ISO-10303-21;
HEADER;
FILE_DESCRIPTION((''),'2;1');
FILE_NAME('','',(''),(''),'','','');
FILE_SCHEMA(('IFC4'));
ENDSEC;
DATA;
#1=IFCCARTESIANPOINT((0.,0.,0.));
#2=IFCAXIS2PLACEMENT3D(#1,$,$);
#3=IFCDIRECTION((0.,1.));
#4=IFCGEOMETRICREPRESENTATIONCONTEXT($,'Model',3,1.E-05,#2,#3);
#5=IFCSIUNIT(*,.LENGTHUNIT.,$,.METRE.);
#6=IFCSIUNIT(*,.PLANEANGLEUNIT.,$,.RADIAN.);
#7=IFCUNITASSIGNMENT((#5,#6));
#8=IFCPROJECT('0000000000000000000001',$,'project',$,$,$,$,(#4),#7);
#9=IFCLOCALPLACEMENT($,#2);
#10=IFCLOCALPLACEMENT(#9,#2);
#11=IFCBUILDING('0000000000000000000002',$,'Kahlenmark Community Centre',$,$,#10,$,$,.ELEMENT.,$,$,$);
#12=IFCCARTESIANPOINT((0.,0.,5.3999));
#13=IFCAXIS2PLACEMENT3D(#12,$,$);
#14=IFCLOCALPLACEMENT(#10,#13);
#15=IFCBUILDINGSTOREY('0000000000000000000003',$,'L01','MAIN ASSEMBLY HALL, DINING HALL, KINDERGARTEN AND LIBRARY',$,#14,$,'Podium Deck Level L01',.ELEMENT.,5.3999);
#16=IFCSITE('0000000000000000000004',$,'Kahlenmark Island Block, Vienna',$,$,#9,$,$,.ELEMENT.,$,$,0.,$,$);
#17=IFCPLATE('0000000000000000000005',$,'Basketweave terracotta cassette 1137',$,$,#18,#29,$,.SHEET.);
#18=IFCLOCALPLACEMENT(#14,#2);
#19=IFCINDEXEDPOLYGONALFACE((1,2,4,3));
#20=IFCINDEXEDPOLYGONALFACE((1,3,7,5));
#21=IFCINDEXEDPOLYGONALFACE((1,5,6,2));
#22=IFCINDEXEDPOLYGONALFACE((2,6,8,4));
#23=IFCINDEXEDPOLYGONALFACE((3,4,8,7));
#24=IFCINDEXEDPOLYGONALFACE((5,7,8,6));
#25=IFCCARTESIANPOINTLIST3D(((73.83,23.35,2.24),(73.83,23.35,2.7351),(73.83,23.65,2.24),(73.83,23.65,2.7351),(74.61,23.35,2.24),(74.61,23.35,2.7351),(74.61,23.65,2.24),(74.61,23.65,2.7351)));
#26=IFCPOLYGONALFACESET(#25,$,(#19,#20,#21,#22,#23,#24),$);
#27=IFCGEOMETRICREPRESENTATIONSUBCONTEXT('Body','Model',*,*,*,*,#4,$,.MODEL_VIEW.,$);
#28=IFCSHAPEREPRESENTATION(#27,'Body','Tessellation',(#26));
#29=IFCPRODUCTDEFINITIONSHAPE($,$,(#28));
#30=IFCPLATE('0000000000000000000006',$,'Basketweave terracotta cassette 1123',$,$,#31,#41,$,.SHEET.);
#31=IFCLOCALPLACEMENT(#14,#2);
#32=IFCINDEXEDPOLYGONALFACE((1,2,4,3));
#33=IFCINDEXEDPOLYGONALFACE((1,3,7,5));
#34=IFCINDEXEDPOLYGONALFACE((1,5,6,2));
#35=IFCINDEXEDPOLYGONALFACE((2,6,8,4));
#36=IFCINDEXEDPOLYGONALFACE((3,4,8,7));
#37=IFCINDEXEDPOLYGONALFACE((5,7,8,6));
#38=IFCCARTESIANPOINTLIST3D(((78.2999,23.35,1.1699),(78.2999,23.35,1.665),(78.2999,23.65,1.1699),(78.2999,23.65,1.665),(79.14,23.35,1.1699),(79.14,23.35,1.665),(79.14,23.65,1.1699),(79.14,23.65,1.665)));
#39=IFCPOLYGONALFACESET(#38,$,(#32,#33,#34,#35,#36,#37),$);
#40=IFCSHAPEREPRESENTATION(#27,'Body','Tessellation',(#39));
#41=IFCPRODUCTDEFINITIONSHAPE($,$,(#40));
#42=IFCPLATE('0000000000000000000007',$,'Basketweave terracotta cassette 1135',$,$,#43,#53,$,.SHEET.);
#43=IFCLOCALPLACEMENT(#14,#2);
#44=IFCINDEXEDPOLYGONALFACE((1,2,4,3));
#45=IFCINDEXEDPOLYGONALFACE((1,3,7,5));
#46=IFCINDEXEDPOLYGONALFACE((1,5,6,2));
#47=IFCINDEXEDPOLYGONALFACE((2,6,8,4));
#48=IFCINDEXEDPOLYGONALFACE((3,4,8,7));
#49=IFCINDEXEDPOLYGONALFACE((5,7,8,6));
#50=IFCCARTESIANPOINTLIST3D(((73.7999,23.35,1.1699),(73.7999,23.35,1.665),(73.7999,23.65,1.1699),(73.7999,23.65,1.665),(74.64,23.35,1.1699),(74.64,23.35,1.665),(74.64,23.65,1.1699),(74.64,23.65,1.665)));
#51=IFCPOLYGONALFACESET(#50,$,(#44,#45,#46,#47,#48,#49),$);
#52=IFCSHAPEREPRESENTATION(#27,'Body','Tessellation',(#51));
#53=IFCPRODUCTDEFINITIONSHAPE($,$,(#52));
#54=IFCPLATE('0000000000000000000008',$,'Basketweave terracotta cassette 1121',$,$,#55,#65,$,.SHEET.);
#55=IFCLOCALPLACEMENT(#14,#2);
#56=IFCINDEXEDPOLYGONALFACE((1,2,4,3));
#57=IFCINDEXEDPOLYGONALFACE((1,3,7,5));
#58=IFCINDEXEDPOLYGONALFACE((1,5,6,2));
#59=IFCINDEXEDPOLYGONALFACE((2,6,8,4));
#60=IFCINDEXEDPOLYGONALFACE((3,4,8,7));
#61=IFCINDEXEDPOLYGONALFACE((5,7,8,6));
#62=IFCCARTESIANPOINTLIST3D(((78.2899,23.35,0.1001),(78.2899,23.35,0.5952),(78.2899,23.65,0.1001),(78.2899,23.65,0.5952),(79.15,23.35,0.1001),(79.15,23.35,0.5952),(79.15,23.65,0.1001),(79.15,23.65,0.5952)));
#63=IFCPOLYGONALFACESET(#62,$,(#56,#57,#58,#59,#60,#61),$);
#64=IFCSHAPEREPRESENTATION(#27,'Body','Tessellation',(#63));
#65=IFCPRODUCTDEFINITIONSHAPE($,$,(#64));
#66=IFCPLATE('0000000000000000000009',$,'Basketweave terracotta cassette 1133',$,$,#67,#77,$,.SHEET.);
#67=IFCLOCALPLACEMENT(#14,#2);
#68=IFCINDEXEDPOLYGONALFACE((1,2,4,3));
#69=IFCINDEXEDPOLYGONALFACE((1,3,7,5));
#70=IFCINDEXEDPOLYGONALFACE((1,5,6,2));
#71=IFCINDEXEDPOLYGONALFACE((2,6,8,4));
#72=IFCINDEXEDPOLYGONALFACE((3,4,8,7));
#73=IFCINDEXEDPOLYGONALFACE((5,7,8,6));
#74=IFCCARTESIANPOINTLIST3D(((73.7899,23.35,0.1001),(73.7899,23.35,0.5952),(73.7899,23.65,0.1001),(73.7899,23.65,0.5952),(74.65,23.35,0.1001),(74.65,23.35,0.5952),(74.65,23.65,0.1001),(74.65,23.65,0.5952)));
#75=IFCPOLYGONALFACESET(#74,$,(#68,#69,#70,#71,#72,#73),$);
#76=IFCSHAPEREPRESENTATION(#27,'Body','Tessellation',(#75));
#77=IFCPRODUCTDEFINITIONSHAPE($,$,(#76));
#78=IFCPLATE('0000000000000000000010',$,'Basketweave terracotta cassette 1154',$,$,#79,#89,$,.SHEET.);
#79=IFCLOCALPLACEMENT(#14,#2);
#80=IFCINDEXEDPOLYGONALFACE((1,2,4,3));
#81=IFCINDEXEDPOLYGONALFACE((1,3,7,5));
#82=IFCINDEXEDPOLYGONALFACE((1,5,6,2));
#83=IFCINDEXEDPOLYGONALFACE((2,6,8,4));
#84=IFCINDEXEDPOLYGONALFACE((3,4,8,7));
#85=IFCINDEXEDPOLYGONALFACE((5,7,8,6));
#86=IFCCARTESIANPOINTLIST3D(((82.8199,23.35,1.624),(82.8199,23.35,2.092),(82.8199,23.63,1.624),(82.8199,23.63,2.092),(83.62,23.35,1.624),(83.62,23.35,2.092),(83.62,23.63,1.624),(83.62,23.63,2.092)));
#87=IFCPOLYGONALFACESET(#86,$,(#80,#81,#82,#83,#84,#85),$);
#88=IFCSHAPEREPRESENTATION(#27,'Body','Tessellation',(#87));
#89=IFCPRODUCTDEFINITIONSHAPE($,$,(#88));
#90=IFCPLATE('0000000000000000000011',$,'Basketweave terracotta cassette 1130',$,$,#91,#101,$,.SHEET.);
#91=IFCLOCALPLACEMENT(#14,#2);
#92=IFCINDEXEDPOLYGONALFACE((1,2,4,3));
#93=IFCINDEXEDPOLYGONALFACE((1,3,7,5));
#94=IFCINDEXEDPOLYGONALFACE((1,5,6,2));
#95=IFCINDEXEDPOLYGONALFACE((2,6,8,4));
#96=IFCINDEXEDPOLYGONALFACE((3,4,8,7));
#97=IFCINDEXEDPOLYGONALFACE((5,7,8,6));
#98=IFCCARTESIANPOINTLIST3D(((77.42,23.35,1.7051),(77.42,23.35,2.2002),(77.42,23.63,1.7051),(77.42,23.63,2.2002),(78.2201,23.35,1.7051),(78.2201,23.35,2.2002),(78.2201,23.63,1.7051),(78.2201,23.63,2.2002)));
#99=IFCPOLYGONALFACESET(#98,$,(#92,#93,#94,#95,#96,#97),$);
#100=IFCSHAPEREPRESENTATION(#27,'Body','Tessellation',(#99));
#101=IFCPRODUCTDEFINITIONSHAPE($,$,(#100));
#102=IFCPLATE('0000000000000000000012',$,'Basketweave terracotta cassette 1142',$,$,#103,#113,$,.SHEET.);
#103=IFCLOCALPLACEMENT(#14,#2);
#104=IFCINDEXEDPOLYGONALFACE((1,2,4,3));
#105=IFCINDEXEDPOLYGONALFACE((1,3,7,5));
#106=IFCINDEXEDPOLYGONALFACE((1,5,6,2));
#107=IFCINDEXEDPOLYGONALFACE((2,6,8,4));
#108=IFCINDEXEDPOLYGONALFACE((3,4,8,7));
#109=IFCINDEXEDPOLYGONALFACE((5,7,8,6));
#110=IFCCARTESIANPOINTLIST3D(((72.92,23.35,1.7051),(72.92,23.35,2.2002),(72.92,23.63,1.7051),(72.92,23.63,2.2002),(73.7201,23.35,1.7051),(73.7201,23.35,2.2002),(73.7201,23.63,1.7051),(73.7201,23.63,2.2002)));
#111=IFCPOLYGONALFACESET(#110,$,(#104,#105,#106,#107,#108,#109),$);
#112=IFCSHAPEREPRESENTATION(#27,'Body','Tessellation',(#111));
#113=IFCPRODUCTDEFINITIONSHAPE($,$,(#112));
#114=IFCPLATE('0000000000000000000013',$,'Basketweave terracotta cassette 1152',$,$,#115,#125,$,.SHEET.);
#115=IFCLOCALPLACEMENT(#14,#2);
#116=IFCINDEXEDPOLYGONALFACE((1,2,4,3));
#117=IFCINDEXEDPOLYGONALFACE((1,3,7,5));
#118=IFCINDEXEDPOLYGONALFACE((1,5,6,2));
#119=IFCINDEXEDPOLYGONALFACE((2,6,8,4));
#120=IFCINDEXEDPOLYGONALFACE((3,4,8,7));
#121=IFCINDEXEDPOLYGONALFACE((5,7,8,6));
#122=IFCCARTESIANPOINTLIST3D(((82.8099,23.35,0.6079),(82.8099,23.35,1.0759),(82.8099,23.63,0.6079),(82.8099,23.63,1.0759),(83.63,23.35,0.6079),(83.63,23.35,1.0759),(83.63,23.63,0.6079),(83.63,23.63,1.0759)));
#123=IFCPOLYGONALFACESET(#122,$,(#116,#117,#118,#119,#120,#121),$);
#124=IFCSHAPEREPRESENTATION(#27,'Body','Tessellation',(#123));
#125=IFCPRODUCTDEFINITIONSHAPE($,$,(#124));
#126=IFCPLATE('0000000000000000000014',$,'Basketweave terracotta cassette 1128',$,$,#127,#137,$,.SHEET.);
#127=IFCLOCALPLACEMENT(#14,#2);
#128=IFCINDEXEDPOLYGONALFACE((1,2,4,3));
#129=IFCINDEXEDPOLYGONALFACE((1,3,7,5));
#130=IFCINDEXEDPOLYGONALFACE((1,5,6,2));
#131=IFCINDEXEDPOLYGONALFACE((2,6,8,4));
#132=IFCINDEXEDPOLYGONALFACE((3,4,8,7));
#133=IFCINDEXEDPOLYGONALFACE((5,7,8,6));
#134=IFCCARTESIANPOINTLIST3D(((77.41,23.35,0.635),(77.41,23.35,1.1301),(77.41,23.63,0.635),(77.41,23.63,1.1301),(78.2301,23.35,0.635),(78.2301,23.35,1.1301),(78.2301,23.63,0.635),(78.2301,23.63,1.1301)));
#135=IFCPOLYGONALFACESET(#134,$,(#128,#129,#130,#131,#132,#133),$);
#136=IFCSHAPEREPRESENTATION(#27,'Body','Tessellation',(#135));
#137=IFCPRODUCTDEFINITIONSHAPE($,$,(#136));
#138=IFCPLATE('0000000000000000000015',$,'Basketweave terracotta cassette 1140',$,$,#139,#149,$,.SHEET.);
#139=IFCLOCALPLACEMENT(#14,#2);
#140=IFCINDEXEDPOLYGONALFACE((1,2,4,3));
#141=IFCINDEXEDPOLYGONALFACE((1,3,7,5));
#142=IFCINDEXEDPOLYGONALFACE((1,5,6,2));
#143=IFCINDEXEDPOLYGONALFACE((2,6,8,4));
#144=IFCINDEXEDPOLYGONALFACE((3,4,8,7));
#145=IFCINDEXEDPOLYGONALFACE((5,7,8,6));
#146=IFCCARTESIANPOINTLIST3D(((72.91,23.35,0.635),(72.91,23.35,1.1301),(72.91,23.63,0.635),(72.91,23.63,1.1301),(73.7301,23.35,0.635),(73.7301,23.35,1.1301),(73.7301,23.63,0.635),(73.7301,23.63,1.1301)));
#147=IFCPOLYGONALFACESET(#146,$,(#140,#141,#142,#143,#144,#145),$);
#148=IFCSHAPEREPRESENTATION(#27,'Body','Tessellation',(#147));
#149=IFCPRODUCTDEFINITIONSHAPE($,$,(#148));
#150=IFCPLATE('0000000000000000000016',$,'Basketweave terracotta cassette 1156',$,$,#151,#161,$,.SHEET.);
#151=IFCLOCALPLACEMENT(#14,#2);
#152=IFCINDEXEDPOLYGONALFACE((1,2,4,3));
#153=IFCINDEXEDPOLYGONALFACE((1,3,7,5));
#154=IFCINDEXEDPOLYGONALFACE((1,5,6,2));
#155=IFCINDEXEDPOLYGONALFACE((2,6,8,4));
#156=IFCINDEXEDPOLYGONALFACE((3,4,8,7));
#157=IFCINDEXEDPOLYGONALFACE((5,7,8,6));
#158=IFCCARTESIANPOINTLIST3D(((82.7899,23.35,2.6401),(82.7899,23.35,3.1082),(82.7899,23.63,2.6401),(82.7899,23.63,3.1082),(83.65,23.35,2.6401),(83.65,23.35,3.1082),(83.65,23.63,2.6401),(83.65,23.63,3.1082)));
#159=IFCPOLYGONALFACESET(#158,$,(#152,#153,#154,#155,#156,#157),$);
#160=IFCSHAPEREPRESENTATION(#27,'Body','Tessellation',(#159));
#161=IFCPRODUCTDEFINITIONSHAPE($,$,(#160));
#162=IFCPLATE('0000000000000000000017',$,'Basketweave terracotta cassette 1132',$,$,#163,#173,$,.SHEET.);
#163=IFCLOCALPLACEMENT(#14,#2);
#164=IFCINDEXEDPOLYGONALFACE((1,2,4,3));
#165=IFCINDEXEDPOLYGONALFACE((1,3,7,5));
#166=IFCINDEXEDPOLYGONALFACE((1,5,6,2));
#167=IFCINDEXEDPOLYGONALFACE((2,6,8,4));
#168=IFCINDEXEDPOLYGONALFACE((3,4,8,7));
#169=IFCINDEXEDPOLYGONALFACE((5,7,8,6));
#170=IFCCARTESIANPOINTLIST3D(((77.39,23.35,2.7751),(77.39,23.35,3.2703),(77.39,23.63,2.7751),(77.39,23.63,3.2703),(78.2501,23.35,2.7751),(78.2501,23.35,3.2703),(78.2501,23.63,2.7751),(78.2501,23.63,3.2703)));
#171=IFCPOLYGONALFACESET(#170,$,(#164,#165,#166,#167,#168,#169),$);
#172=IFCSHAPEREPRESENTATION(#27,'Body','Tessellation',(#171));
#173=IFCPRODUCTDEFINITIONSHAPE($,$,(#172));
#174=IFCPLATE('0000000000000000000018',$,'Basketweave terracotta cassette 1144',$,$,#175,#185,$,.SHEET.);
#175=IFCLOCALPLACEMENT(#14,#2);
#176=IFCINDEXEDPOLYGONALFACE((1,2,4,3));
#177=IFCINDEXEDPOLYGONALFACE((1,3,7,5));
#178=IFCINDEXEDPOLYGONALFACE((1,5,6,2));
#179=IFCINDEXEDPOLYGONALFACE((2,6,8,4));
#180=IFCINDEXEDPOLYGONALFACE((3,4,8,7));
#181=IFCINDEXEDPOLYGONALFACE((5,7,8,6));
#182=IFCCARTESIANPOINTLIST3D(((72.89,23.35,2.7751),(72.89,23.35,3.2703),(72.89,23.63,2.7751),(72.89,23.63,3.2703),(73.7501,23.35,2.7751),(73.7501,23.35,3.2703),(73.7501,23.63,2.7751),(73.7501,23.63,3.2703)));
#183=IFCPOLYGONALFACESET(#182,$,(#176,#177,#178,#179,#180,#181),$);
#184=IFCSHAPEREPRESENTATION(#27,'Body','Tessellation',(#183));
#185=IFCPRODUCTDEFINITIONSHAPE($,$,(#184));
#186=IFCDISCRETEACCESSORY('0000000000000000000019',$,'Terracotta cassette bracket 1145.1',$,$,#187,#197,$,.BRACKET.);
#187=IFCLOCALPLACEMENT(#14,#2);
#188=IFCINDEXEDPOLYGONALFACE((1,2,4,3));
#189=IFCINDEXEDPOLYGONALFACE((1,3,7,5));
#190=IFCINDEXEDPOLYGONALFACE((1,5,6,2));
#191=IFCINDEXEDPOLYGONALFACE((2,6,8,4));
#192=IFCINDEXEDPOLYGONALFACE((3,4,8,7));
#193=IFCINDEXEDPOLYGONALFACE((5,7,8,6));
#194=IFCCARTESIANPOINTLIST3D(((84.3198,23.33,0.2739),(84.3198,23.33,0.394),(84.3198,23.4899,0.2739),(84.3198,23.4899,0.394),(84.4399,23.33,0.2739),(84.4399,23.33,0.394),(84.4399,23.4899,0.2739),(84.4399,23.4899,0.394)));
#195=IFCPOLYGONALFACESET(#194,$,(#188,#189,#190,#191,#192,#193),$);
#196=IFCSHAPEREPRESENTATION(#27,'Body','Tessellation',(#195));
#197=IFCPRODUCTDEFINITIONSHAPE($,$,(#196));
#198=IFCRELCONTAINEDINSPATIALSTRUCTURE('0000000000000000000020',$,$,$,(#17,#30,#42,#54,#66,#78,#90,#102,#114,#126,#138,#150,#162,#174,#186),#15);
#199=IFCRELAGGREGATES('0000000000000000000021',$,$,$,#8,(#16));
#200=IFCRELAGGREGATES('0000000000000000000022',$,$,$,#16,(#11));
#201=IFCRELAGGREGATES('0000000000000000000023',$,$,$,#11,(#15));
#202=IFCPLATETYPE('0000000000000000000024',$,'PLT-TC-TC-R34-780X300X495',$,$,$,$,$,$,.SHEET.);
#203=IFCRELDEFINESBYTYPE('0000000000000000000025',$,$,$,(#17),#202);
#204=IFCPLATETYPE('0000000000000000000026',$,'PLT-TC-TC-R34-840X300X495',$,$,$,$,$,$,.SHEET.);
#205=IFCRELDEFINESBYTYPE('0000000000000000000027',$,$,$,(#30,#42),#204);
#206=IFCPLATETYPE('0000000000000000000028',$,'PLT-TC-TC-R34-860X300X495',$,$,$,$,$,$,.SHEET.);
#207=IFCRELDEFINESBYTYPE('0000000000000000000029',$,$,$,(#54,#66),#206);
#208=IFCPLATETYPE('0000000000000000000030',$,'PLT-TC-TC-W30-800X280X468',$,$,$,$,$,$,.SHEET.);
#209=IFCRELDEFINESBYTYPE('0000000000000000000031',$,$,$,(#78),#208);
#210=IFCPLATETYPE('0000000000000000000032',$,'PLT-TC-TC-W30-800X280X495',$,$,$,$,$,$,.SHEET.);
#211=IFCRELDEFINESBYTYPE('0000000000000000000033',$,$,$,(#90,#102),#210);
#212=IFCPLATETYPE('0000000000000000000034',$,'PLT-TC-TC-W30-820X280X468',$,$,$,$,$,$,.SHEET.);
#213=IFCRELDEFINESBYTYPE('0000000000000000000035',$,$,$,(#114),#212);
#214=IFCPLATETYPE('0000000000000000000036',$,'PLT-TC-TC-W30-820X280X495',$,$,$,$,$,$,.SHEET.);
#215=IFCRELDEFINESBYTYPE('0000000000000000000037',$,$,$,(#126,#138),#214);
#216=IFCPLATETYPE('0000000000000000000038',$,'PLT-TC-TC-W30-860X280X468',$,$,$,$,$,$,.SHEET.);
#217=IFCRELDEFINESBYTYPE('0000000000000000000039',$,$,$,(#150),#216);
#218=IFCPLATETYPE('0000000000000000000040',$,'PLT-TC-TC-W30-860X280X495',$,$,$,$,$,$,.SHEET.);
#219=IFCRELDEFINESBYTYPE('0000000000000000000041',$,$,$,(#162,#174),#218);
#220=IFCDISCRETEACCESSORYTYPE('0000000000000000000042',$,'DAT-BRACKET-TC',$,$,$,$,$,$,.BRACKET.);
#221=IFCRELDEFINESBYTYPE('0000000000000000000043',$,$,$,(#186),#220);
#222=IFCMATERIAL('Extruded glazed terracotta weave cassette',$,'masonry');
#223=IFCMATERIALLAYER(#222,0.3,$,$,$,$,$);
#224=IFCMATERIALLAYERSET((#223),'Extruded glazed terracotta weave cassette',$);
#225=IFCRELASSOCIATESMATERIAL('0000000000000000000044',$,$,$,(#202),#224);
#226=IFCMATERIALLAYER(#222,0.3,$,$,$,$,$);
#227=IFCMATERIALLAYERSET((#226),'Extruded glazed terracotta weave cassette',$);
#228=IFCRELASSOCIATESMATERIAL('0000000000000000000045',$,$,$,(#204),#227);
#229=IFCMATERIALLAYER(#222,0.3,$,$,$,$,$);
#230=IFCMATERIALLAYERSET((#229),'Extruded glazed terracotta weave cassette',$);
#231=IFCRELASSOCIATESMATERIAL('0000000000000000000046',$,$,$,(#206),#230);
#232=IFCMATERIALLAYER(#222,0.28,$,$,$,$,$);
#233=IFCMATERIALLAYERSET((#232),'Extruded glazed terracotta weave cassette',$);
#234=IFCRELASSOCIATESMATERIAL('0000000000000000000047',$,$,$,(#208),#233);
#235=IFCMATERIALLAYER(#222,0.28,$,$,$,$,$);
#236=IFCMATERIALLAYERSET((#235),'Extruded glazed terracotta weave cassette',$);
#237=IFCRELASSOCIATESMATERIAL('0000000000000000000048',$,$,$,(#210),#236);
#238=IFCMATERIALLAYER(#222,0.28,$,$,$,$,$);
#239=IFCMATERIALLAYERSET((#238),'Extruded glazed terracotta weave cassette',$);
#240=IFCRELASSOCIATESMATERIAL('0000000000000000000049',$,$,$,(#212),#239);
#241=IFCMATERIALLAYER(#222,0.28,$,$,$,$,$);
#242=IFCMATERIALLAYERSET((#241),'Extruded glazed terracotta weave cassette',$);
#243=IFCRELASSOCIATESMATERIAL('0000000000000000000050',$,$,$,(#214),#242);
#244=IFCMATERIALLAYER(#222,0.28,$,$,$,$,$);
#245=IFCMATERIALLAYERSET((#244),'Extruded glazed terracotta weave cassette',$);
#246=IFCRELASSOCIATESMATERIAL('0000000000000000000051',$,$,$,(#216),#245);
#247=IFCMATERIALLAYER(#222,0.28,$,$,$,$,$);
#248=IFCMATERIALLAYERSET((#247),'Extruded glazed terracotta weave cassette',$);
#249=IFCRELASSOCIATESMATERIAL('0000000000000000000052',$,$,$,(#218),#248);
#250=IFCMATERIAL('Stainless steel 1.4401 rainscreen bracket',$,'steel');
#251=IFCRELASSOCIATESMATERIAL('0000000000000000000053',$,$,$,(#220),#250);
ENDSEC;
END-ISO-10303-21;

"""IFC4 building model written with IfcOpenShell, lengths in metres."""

from ifc_helpers import new_model, si_unit, direction, frame, origin, origin_2d, place, context, subcontext, project, spatial, rectangle, extrude, material, layer, layer_set, type_object, element, save


model = new_model("IFC4")

# Units and contexts
model_context = context("Model", 3, precision=1e-05, world=origin(), true_north=direction((0.0, 1.0)))
body_context = subcontext(model_context, "Body", "Model", "MODEL_VIEW")
ifc_project = project(units=[si_unit("LENGTHUNIT", "METRE"), si_unit("PLANEANGLEUNIT", "RADIAN")], contexts=[model_context])

# Site, building, storey
site_placement = place(None, origin())
site = spatial("IfcSite", under=ifc_project, at=site_placement, Name="Kahlenmark Island Block, Vienna", CompositionType="ELEMENT", RefElevation=0.0)
building_placement = place(site_placement, origin())
building = spatial("IfcBuilding", under=site, at=building_placement, Name="Kahlenmark Community Centre", CompositionType="ELEMENT")
storey_placement = place(building_placement, frame((0.0, 0.0, 5.3999)))
storey = spatial("IfcBuildingStorey", under=building, at=storey_placement, Name="L01", Description="MAIN ASSEMBLY HALL, DINING HALL, KINDERGARTEN AND LIBRARY", LongName="Podium Deck Level L01", CompositionType="ELEMENT", Elevation=5.3999)

# Plates
ifc_material_1 = material(Name="Extruded glazed terracotta weave cassette", Category="masonry")
ifc_layer_1 = layer(ifc_material_1, 0.3)
ifc_layer_set_1 = layer_set([ifc_layer_1], Name="Extruded glazed terracotta weave cassette")
plate_type_1 = type_object("IfcPlateType", Name="PLT-TC-TC-R34-780X300X495", PredefinedType="SHEET", material=ifc_layer_set_1)
plate_1_placement = place(storey_placement, frame((74.22, 23.5, 2.24), z_axis=(0.0, 0.0, 1.0), x_axis=(-1.0, 0.0, 0.0)))
element("IfcPlate", 1, at=plate_1_placement, inside=storey, type_object=plate_type_1, Name="Basketweave terracotta cassette 1137", PredefinedType="SHEET", context=body_context, shape_type="SweptSolid", body=[
    extrude(rectangle(XDim=0.78, YDim=0.3, at=origin_2d()), origin(), (0.0, 0.0, 1.0), 0.4951),
])
ifc_layer_2 = layer(ifc_material_1, 0.3)
ifc_layer_set_2 = layer_set([ifc_layer_2], Name="Extruded glazed terracotta weave cassette")
plate_type_2 = type_object("IfcPlateType", Name="PLT-TC-TC-R34-840X300X495", PredefinedType="SHEET", material=ifc_layer_set_2)
for number, where, z_axis, x_axis, name in (
    (2, (78.72, 23.5, 1.1699), (0.0, 0.0, 1.0), (-1.0, 0.0, 0.0), "Basketweave terracotta cassette 1123"),
    (3, (74.22, 23.5, 1.1699), (0.0, 0.0, 1.0), (-1.0, 0.0, 0.0), "Basketweave terracotta cassette 1135"),
):
    element("IfcPlate", number, at=place(storey_placement, frame(where, z_axis=z_axis, x_axis=x_axis)), inside=storey, type_object=plate_type_2, Name=name, PredefinedType="SHEET", context=body_context, shape_type="SweptSolid", body=[
        extrude(rectangle(XDim=0.8401, YDim=0.3, at=origin_2d()), origin(), (0.0, 0.0, 1.0), 0.4951),
    ])
ifc_layer_3 = layer(ifc_material_1, 0.3)
ifc_layer_set_3 = layer_set([ifc_layer_3], Name="Extruded glazed terracotta weave cassette")
plate_type_3 = type_object("IfcPlateType", Name="PLT-TC-TC-R34-860X300X495", PredefinedType="SHEET", material=ifc_layer_set_3)
for number, where, z_axis, x_axis, name in (
    (4, (78.72, 23.5, 0.1001), (0.0, 0.0, 1.0), (-1.0, 0.0, 0.0), "Basketweave terracotta cassette 1121"),
    (5, (74.22, 23.5, 0.1001), (0.0, 0.0, 1.0), (-1.0, 0.0, 0.0), "Basketweave terracotta cassette 1133"),
):
    element("IfcPlate", number, at=place(storey_placement, frame(where, z_axis=z_axis, x_axis=x_axis)), inside=storey, type_object=plate_type_3, Name=name, PredefinedType="SHEET", context=body_context, shape_type="SweptSolid", body=[
        extrude(rectangle(XDim=0.8601, YDim=0.3, at=origin_2d()), origin(), (0.0, 0.0, 1.0), 0.4951),
    ])
ifc_layer_4 = layer(ifc_material_1, 0.28)
ifc_layer_set_4 = layer_set([ifc_layer_4], Name="Extruded glazed terracotta weave cassette")
plate_type_4 = type_object("IfcPlateType", Name="PLT-TC-TC-W30-800X280X468", PredefinedType="SHEET", material=ifc_layer_set_4)
plate_2_placement = place(storey_placement, frame((83.22, 23.49, 1.624), z_axis=(0.0, 0.0, 1.0), x_axis=(-1.0, 0.0, 0.0)))
element("IfcPlate", 6, at=plate_2_placement, inside=storey, type_object=plate_type_4, Name="Basketweave terracotta cassette 1154", PredefinedType="SHEET", context=body_context, shape_type="SweptSolid", body=[
    extrude(rectangle(XDim=0.8, YDim=0.28, at=origin_2d()), origin(), (0.0, 0.0, 1.0), 0.468),
])
ifc_layer_5 = layer(ifc_material_1, 0.28)
ifc_layer_set_5 = layer_set([ifc_layer_5], Name="Extruded glazed terracotta weave cassette")
plate_type_5 = type_object("IfcPlateType", Name="PLT-TC-TC-W30-800X280X495", PredefinedType="SHEET", material=ifc_layer_set_5)
for number, where, z_axis, x_axis, name in (
    (7, (77.8201, 23.49, 1.7051), (0.0, 0.0, 1.0), (-1.0, 0.0, 0.0), "Basketweave terracotta cassette 1130"),
    (8, (73.3201, 23.49, 1.7051), (0.0, 0.0, 1.0), (-1.0, 0.0, 0.0), "Basketweave terracotta cassette 1142"),
):
    element("IfcPlate", number, at=place(storey_placement, frame(where, z_axis=z_axis, x_axis=x_axis)), inside=storey, type_object=plate_type_5, Name=name, PredefinedType="SHEET", context=body_context, shape_type="SweptSolid", body=[
        extrude(rectangle(XDim=0.8, YDim=0.28, at=origin_2d()), origin(), (0.0, 0.0, 1.0), 0.4951),
    ])
ifc_layer_6 = layer(ifc_material_1, 0.28)
ifc_layer_set_6 = layer_set([ifc_layer_6], Name="Extruded glazed terracotta weave cassette")
plate_type_6 = type_object("IfcPlateType", Name="PLT-TC-TC-W30-820X280X468", PredefinedType="SHEET", material=ifc_layer_set_6)
plate_3_placement = place(storey_placement, frame((83.22, 23.49, 0.6079), z_axis=(0.0, 0.0, 1.0), x_axis=(-1.0, 0.0, 0.0)))
element("IfcPlate", 9, at=plate_3_placement, inside=storey, type_object=plate_type_6, Name="Basketweave terracotta cassette 1152", PredefinedType="SHEET", context=body_context, shape_type="SweptSolid", body=[
    extrude(rectangle(XDim=0.8201, YDim=0.28, at=origin_2d()), origin(), (0.0, 0.0, 1.0), 0.468),
])
ifc_layer_7 = layer(ifc_material_1, 0.28)
ifc_layer_set_7 = layer_set([ifc_layer_7], Name="Extruded glazed terracotta weave cassette")
plate_type_7 = type_object("IfcPlateType", Name="PLT-TC-TC-W30-820X280X495", PredefinedType="SHEET", material=ifc_layer_set_7)
for number, where, z_axis, x_axis, name in (
    (10, (77.8201, 23.49, 0.635), (0.0, 0.0, 1.0), (-1.0, 0.0, 0.0), "Basketweave terracotta cassette 1128"),
    (11, (73.3201, 23.49, 0.635), (0.0, 0.0, 1.0), (-1.0, 0.0, 0.0), "Basketweave terracotta cassette 1140"),
):
    element("IfcPlate", number, at=place(storey_placement, frame(where, z_axis=z_axis, x_axis=x_axis)), inside=storey, type_object=plate_type_7, Name=name, PredefinedType="SHEET", context=body_context, shape_type="SweptSolid", body=[
        extrude(rectangle(XDim=0.8201, YDim=0.28, at=origin_2d()), origin(), (0.0, 0.0, 1.0), 0.4951),
    ])
ifc_layer_8 = layer(ifc_material_1, 0.28)
ifc_layer_set_8 = layer_set([ifc_layer_8], Name="Extruded glazed terracotta weave cassette")
plate_type_8 = type_object("IfcPlateType", Name="PLT-TC-TC-W30-860X280X468", PredefinedType="SHEET", material=ifc_layer_set_8)
plate_4_placement = place(storey_placement, frame((83.22, 23.49, 2.6401), z_axis=(0.0, 0.0, 1.0), x_axis=(-1.0, 0.0, 0.0)))
element("IfcPlate", 12, at=plate_4_placement, inside=storey, type_object=plate_type_8, Name="Basketweave terracotta cassette 1156", PredefinedType="SHEET", context=body_context, shape_type="SweptSolid", body=[
    extrude(rectangle(XDim=0.8601, YDim=0.28, at=origin_2d()), origin(), (0.0, 0.0, 1.0), 0.468),
])
ifc_layer_9 = layer(ifc_material_1, 0.28)
ifc_layer_set_9 = layer_set([ifc_layer_9], Name="Extruded glazed terracotta weave cassette")
plate_type_9 = type_object("IfcPlateType", Name="PLT-TC-TC-W30-860X280X495", PredefinedType="SHEET", material=ifc_layer_set_9)
for number, where, z_axis, x_axis, name in (
    (13, (77.8201, 23.49, 2.7751), (0.0, 0.0, 1.0), (-1.0, 0.0, 0.0), "Basketweave terracotta cassette 1132"),
    (14, (73.3201, 23.49, 2.7751), (0.0, 0.0, 1.0), (-1.0, 0.0, 0.0), "Basketweave terracotta cassette 1144"),
):
    element("IfcPlate", number, at=place(storey_placement, frame(where, z_axis=z_axis, x_axis=x_axis)), inside=storey, type_object=plate_type_9, Name=name, PredefinedType="SHEET", context=body_context, shape_type="SweptSolid", body=[
        extrude(rectangle(XDim=0.8601, YDim=0.28, at=origin_2d()), origin(), (0.0, 0.0, 1.0), 0.4951),
    ])

# Discrete accessory
ifc_material_2 = material(Name="Stainless steel 1.4401 rainscreen bracket", Category="steel")
discrete_accessory_type = type_object("IfcDiscreteAccessoryType", Name="DAT-BRACKET-TC", PredefinedType="BRACKET", material=ifc_material_2)
for number, where, z_axis, x_axis, name in (
    (15, (84.3799, 23.4099, 0.2739), (0.0, 0.0, 1.0), (-1.0, 0.0, 0.0), "Terracotta cassette bracket 1145.1"),
):
    element("IfcDiscreteAccessory", number, at=place(storey_placement, frame(where, z_axis=z_axis, x_axis=x_axis)), inside=storey, type_object=discrete_accessory_type, Name=name, PredefinedType="BRACKET", context=body_context, shape_type="SweptSolid", body=[
        extrude(rectangle(XDim=0.1201, YDim=0.1599, at=origin_2d()), origin(), (0.0, 0.0, 1.0), 0.1201),
    ])

save(model, "model.ifc")
